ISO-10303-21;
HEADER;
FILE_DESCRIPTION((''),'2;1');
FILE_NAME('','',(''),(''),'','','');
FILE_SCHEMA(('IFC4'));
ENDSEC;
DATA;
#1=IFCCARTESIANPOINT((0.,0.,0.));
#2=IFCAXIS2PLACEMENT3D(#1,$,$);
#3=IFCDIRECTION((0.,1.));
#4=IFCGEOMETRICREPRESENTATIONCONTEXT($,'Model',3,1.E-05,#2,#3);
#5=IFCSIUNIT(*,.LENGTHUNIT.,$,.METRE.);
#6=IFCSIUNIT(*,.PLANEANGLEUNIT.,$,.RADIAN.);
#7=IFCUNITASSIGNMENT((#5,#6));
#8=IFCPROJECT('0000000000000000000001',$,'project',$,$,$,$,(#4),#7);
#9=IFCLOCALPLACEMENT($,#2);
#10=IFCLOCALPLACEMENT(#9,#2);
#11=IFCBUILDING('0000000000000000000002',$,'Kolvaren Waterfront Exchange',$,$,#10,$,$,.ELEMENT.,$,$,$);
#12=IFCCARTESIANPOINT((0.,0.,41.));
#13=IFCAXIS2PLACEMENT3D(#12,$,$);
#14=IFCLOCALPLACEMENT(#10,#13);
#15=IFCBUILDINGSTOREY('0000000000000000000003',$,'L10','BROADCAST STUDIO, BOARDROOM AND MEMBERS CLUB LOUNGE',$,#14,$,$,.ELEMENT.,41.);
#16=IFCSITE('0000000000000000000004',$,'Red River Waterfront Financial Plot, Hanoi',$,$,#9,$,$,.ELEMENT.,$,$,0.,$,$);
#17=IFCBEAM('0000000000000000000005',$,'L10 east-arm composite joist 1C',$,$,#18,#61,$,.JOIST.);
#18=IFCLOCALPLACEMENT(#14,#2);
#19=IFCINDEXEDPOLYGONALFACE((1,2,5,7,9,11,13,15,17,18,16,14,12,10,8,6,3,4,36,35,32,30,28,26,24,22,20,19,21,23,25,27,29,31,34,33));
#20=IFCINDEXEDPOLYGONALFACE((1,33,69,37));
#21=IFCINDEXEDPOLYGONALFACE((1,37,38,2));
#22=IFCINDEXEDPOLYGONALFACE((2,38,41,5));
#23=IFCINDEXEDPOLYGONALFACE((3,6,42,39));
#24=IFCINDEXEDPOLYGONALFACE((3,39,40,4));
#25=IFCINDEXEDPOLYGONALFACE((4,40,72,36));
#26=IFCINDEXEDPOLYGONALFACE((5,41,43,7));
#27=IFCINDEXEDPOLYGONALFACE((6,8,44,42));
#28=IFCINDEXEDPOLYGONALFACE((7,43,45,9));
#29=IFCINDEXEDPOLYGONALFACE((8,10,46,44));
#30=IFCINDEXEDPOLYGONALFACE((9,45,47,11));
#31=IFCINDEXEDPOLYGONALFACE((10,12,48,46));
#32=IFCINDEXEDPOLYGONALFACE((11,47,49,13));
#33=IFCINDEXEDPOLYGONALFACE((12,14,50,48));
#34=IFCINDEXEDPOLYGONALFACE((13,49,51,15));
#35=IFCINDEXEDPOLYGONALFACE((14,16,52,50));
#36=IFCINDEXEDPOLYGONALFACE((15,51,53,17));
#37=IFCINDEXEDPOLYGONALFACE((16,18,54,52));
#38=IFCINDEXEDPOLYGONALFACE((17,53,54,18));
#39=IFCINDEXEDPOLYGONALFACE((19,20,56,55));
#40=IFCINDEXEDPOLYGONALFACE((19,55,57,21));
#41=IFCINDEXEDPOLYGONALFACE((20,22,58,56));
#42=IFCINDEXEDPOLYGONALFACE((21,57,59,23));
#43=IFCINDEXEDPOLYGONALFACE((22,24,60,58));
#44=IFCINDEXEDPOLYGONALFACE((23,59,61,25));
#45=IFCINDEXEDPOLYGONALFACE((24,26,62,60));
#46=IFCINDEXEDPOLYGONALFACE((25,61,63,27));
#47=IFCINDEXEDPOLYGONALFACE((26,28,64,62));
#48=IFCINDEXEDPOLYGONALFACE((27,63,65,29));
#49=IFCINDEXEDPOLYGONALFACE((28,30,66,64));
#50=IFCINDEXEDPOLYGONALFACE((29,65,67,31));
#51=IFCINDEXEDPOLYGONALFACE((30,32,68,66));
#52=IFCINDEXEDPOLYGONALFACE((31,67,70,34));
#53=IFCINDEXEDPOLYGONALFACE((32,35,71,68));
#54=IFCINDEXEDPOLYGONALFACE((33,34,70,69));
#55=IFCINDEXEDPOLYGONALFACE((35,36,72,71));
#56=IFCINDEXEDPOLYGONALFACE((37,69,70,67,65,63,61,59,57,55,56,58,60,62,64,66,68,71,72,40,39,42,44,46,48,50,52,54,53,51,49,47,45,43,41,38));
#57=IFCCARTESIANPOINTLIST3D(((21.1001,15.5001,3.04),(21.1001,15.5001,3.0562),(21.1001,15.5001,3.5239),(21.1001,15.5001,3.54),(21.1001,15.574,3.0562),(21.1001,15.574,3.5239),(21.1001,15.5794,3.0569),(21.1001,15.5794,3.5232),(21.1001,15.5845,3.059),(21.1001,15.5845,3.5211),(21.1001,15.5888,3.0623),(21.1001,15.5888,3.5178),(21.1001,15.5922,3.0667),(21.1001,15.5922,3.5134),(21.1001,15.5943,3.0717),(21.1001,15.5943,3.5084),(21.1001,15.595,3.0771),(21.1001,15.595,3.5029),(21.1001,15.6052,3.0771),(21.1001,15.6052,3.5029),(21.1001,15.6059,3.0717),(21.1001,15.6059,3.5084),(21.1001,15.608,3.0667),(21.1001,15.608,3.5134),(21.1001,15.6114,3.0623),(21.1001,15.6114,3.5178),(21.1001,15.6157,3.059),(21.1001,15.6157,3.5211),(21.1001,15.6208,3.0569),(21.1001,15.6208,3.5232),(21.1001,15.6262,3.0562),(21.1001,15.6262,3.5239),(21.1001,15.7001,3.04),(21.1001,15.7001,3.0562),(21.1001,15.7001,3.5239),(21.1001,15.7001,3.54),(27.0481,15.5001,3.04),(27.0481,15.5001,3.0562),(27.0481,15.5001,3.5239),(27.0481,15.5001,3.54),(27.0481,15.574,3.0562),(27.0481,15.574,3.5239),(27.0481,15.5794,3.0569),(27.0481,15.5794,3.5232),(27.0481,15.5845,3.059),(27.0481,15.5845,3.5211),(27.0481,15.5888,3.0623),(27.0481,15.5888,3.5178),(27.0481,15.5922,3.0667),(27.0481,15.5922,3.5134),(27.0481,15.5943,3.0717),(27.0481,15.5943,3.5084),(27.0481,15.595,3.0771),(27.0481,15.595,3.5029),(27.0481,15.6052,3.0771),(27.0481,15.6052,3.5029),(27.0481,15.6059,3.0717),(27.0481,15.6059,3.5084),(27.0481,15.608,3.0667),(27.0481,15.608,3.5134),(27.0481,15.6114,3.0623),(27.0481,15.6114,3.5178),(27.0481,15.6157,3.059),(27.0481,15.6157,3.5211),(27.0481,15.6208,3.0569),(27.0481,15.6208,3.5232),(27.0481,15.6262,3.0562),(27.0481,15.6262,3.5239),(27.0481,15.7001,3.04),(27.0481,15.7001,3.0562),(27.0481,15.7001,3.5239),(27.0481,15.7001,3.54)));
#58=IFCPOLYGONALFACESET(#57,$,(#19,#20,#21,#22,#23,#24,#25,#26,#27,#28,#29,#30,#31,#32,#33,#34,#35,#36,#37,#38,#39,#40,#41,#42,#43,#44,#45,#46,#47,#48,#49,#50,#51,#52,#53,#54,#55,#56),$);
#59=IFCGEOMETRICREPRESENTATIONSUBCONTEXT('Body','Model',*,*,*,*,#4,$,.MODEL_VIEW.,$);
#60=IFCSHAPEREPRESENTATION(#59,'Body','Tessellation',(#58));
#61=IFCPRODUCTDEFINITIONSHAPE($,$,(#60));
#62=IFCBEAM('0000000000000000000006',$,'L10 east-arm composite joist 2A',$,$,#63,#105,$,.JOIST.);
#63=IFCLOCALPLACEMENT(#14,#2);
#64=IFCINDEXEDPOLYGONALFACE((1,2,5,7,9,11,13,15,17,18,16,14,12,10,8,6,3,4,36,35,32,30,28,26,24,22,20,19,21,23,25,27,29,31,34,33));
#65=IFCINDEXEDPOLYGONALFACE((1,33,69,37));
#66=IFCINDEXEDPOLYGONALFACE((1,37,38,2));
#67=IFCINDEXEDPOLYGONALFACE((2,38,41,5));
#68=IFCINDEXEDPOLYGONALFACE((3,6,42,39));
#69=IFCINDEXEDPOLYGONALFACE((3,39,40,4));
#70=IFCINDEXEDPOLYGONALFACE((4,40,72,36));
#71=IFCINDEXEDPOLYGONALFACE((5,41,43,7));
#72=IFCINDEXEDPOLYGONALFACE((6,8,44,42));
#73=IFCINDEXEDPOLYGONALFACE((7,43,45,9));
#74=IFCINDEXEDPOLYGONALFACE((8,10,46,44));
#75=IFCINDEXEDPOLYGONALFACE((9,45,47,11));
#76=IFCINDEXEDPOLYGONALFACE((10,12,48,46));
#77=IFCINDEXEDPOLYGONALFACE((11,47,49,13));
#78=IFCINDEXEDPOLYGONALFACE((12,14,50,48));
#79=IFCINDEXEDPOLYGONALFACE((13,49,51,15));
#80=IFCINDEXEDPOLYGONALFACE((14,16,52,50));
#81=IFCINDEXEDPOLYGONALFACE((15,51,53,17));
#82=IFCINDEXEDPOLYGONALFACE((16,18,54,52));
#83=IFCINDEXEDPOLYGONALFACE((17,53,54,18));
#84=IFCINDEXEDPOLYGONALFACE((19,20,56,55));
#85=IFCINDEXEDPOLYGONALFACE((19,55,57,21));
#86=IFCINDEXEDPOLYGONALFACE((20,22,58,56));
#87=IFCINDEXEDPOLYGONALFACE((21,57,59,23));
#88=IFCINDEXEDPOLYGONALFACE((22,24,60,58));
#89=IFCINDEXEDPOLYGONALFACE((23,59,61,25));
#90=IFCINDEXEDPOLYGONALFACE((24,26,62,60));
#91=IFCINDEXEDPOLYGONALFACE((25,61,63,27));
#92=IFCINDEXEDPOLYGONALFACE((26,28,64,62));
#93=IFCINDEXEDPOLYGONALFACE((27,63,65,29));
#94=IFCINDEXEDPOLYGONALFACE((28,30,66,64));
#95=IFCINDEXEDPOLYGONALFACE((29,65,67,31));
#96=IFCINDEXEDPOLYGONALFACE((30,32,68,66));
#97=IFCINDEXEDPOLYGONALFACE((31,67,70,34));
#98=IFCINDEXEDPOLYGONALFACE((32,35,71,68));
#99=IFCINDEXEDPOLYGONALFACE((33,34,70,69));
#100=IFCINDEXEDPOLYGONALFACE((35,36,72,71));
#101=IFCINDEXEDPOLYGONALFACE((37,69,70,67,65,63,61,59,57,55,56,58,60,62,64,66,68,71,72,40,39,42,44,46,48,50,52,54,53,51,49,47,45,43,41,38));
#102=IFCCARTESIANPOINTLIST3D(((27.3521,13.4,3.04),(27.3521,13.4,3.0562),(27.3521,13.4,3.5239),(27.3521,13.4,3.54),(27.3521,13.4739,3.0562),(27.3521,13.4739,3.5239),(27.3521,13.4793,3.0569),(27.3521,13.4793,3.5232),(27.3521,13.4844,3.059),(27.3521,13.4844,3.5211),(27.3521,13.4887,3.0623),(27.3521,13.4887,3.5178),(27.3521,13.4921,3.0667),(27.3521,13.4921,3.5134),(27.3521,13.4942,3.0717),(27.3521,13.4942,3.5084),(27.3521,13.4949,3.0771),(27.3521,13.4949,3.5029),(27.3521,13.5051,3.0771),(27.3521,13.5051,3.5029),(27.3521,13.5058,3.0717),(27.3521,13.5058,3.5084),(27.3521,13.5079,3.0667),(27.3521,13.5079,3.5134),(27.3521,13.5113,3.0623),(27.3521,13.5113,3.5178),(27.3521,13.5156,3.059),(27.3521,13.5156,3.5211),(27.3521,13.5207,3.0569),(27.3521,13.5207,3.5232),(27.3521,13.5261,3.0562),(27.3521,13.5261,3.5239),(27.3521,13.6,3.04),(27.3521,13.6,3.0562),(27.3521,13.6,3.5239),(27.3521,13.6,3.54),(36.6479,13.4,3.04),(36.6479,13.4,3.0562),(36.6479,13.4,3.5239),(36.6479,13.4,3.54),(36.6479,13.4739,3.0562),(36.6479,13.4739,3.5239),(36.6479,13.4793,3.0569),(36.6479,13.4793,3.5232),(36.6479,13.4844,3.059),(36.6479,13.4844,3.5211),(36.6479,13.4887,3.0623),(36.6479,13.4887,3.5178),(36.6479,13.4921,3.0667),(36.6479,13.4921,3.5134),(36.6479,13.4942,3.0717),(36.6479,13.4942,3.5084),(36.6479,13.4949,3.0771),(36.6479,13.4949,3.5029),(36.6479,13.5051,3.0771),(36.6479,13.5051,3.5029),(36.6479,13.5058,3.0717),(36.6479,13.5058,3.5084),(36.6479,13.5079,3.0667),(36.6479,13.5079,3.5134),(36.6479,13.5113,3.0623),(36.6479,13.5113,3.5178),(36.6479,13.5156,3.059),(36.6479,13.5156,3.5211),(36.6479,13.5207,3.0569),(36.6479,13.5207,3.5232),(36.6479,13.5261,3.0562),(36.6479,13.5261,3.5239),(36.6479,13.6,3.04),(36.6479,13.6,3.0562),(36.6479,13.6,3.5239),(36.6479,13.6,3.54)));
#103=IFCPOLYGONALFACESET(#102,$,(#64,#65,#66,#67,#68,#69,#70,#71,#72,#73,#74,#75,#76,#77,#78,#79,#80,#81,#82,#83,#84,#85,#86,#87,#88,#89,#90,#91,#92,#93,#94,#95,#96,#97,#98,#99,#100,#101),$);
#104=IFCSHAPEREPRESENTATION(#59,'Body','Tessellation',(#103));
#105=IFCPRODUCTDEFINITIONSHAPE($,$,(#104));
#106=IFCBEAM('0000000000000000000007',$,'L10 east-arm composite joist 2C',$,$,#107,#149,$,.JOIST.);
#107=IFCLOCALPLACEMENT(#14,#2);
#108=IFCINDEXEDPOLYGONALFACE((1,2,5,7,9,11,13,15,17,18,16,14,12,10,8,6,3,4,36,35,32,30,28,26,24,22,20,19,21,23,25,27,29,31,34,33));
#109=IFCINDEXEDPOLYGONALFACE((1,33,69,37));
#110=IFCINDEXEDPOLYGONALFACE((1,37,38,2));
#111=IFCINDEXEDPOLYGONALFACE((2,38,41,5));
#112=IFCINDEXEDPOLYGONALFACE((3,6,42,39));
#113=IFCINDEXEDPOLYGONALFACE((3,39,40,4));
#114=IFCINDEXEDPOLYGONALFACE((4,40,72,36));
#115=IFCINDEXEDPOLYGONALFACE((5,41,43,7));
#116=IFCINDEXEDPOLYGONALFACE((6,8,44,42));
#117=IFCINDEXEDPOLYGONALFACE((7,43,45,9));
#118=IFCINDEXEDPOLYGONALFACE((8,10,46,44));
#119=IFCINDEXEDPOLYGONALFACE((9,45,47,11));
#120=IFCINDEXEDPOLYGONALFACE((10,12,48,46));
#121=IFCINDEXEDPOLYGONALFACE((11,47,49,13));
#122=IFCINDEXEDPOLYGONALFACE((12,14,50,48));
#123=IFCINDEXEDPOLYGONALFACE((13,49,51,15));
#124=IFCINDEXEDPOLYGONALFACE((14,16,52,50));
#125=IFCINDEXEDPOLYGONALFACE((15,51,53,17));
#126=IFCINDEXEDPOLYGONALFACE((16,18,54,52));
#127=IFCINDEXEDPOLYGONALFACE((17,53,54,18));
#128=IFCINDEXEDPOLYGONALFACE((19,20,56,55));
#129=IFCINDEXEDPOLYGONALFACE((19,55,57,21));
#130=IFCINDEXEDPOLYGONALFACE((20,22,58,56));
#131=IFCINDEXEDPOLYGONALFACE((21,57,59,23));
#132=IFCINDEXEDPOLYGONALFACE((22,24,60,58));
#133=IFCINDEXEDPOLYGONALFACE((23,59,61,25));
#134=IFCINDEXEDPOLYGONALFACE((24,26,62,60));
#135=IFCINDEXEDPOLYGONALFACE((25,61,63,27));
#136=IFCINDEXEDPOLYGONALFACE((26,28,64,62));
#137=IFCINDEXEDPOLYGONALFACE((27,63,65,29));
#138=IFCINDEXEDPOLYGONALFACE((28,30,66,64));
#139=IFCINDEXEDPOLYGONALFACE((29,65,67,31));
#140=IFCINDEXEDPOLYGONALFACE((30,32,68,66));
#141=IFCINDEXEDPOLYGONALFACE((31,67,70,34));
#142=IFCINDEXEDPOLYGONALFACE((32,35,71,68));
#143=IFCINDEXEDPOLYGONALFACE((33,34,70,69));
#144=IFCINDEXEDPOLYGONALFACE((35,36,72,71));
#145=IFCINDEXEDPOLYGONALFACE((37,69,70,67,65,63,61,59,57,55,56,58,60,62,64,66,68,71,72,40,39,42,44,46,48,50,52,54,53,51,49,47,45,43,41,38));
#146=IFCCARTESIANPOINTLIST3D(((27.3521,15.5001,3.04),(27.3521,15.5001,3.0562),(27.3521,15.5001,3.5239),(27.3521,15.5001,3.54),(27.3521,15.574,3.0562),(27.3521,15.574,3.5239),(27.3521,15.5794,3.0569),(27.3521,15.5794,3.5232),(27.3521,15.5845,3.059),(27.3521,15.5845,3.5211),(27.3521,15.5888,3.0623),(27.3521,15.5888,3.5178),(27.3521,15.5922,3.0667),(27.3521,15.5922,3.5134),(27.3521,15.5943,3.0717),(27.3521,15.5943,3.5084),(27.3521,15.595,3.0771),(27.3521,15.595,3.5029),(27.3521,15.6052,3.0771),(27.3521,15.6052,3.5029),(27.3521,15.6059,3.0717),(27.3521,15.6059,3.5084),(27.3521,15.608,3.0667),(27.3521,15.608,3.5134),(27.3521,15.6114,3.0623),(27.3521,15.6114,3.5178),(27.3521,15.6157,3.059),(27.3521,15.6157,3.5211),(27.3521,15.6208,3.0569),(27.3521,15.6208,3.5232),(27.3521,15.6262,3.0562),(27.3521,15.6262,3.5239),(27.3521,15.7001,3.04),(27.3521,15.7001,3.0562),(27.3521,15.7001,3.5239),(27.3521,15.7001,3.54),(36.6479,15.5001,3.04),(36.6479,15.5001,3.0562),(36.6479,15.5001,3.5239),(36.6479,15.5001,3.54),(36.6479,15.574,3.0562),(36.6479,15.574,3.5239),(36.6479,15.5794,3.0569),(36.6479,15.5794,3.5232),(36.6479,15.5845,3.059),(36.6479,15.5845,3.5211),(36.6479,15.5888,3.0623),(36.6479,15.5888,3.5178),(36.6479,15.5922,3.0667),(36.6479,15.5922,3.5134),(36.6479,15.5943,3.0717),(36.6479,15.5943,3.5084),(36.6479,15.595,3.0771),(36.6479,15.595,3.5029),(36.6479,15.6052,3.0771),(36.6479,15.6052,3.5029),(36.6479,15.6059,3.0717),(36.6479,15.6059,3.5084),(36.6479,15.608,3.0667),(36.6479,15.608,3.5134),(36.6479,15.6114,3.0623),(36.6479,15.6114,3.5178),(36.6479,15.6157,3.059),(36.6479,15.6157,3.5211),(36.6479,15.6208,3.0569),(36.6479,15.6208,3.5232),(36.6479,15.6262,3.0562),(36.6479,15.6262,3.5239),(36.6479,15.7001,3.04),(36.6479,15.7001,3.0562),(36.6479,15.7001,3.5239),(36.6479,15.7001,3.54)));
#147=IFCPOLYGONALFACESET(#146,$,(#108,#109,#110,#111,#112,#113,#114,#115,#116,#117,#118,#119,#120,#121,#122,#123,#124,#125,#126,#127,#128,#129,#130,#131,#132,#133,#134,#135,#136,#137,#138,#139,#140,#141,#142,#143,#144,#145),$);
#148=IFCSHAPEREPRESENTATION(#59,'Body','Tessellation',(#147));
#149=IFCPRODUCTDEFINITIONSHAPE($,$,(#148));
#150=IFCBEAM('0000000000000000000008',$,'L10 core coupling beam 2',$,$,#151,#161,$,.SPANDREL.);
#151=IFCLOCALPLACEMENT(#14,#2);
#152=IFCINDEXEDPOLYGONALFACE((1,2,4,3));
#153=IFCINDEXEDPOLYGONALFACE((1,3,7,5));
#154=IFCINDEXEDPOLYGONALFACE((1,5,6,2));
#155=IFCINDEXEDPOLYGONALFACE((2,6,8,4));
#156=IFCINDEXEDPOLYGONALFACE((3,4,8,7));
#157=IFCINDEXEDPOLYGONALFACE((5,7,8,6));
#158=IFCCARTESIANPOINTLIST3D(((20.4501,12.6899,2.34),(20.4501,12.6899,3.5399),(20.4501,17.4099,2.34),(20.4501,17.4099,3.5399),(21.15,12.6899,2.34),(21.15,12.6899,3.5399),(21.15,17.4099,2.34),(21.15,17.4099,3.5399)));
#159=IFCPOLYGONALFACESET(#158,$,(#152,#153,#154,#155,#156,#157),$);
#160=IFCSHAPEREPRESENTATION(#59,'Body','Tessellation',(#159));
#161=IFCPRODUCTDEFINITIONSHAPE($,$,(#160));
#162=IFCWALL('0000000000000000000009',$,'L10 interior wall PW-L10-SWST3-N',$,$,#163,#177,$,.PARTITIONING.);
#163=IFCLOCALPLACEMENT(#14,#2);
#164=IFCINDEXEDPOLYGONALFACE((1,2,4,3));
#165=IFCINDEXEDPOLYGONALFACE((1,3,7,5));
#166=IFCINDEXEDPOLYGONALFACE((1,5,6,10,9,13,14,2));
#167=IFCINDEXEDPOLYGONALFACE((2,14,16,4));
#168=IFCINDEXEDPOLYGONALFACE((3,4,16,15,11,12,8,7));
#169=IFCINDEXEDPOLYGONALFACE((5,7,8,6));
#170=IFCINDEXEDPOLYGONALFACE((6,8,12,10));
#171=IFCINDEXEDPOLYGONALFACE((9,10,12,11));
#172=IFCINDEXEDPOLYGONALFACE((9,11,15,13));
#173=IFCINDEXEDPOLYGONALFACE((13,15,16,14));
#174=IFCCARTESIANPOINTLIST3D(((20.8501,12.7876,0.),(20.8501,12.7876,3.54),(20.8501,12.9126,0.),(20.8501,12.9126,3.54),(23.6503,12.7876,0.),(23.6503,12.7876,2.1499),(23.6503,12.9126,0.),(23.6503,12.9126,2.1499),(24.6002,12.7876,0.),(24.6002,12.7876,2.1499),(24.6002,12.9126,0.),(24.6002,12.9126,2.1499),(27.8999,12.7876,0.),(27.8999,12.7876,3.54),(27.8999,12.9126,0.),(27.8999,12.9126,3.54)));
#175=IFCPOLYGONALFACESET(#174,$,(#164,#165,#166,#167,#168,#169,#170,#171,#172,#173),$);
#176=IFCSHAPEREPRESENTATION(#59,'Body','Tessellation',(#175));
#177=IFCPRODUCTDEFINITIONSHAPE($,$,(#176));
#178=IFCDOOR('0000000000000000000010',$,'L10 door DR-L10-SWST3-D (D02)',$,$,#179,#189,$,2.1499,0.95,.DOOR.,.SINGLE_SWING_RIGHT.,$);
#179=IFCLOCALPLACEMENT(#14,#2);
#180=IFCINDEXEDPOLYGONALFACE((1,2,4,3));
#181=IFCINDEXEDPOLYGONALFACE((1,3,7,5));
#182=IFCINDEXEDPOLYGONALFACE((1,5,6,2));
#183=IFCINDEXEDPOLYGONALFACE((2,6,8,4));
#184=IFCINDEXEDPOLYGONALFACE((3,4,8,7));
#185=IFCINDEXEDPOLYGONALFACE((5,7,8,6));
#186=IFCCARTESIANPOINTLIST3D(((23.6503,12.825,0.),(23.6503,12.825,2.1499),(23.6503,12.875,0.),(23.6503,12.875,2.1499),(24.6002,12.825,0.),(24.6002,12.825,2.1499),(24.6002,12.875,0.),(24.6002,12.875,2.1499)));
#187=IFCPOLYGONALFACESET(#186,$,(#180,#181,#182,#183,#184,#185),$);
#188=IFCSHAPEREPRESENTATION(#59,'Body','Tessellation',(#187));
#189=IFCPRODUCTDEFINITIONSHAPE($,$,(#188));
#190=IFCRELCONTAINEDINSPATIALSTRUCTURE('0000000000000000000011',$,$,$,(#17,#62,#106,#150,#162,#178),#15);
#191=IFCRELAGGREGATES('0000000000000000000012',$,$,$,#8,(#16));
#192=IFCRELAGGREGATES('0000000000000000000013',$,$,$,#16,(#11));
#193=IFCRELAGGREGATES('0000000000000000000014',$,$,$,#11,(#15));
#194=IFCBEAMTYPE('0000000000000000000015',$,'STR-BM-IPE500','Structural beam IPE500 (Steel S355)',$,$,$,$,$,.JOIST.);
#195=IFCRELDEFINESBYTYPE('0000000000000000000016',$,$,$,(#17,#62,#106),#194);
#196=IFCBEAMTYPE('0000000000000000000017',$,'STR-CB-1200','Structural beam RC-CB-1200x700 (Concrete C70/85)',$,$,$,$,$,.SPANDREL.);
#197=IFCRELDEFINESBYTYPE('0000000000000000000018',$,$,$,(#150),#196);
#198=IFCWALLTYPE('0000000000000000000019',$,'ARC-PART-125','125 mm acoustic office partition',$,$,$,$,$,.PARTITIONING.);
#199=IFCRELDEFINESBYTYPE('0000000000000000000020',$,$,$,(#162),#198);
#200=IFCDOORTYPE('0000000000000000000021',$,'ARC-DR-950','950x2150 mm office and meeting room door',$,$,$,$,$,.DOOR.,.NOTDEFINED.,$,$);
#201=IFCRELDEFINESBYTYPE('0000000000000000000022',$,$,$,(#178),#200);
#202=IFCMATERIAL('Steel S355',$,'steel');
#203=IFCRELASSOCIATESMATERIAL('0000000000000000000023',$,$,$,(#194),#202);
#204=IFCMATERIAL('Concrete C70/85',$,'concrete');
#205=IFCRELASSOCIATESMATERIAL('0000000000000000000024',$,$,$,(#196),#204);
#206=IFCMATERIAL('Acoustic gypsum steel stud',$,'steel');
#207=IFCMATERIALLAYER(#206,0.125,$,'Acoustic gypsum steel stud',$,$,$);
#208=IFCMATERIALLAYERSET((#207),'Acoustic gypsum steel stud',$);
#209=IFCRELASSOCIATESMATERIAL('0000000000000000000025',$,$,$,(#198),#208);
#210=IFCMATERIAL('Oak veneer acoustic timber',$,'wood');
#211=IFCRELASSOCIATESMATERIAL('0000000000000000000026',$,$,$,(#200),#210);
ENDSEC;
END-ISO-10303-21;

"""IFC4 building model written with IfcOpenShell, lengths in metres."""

from ifc_helpers import new_model, si_unit, direction, frame, frame_2d, origin, origin_2d, place, context, subcontext, project, spatial, rectangle, i_section, extrude, material, layer, layer_set, material_profile, profile_set, type_object, element, fill, save


model = new_model("IFC4")

# Units and contexts
model_context = context("Model", 3, precision=1e-05, world=origin(), true_north=direction((0.0, 1.0)))
body_context = subcontext(model_context, "Body", "Model", "MODEL_VIEW")
ifc_project = project(units=[si_unit("LENGTHUNIT", "METRE"), si_unit("PLANEANGLEUNIT", "RADIAN")], contexts=[model_context])

# Site, building, storey
site_placement = place(None, origin())
site = spatial("IfcSite", under=ifc_project, at=site_placement, Name="Red River Waterfront Financial Plot, Hanoi", CompositionType="ELEMENT", RefElevation=0.0)
building_placement = place(site_placement, origin())
building = spatial("IfcBuilding", under=site, at=building_placement, Name="Kolvaren Waterfront Exchange", CompositionType="ELEMENT")
storey_placement = place(building_placement, frame((0.0, 0.0, 41.0)))
storey = spatial("IfcBuildingStorey", under=building, at=storey_placement, Name="L10", Description="BROADCAST STUDIO, BOARDROOM AND MEMBERS CLUB LOUNGE", CompositionType="ELEMENT", Elevation=41.0)

# Shared definitions
ifc_material_1 = material(Name="Concrete C70/85", Category="concrete")

# Beams
ifc_material_2 = material(Name="Steel S355", Category="steel")
ifc_material_profile_1 = material_profile(ifc_material_2, i_section(OverallWidth=0.2, OverallDepth=0.5, WebThickness=0.0103, FlangeThickness=0.0161, FilletRadius=0.021, at=origin_2d()), Name="IPE500")
ifc_profile_set_1 = profile_set([ifc_material_profile_1], Name="Steel S355")
beam_type_1 = type_object("IfcBeamType", Name="STR-BM-IPE500", Description="Structural beam IPE500 (Steel S355)", PredefinedType="JOIST", material=ifc_profile_set_1)
for number, where, z_axis, x_axis, name in (
    (1, (21.1001, 15.6001, 3.29), (1.0, 0.0, 0.0), (0.0, 1.0, 0.0), "L10 east-arm composite joist 1C"),
):
    element("IfcBeam", number, at=place(storey_placement, frame(where, z_axis=z_axis, x_axis=x_axis)), inside=storey, type_object=beam_type_1, Name=name, PredefinedType="JOIST", context=body_context, shape_type="SweptSolid", body=[
        extrude(i_section(OverallWidth=0.2, OverallDepth=0.5, WebThickness=0.0103, FlangeThickness=0.0161, FilletRadius=0.021, at=origin_2d()), origin(), (0.0, 0.0, 1.0), 5.948),
    ])
for number, where, z_axis, x_axis, name in (
    (2, (27.3521, 13.5, 3.29), (1.0, 0.0, 0.0), (0.0, 1.0, 0.0), "L10 east-arm composite joist 2A"),
    (3, (27.3521, 15.6001, 3.29), (1.0, 0.0, 0.0), (0.0, 1.0, 0.0), "L10 east-arm composite joist 2C"),
):
    element("IfcBeam", number, at=place(storey_placement, frame(where, z_axis=z_axis, x_axis=x_axis)), inside=storey, type_object=beam_type_1, Name=name, PredefinedType="JOIST", context=body_context, shape_type="SweptSolid", body=[
        extrude(i_section(OverallWidth=0.2, OverallDepth=0.5, WebThickness=0.0103, FlangeThickness=0.0161, FilletRadius=0.021, at=origin_2d()), origin(), (0.0, 0.0, 1.0), 9.2959),
    ])
ifc_material_profile_2 = material_profile(ifc_material_1, rectangle(XDim=0.7, YDim=1.2, at=origin_2d()), Name="RC-CB-1200x700")
ifc_profile_set_2 = profile_set([ifc_material_profile_2], Name="Concrete C70/85")
beam_type_2 = type_object("IfcBeamType", Name="STR-CB-1200", Description="Structural beam RC-CB-1200x700 (Concrete C70/85)", PredefinedType="SPANDREL", material=ifc_profile_set_2)
beam_1_placement = place(storey_placement, frame((20.8, 12.6899, 2.9399), z_axis=(0.0, 1.0, 0.0), x_axis=(-1.0, 0.0, 0.0)))
element("IfcBeam", 4, at=beam_1_placement, inside=storey, type_object=beam_type_2, Name="L10 core coupling beam 2", PredefinedType="SPANDREL", context=body_context, shape_type="SweptSolid", body=[
    extrude(rectangle(XDim=0.7, YDim=1.2, at=origin_2d()), origin(), (0.0, 0.0, 1.0), 4.72),
])

# Wall, opening, door
ifc_material_3 = material(Name="Acoustic gypsum steel stud", Category="steel")
ifc_layer_1 = layer(ifc_material_3, 0.125, Name="Acoustic gypsum steel stud")
ifc_layer_set_1 = layer_set([ifc_layer_1], Name="Acoustic gypsum steel stud")
wall_type_1 = type_object("IfcWallType", Name="ARC-PART-125", Description="125 mm acoustic office partition", PredefinedType="PARTITIONING", material=ifc_layer_set_1)
wall_1_placement = place(storey_placement, frame((20.8501, 12.8501, 0.0), z_axis=(0.0, 0.0, 1.0), x_axis=(1.0, 0.0, 0.0)))
wall_1 = element("IfcWall", 5, at=wall_1_placement, inside=storey, type_object=wall_type_1, Name="L10 interior wall PW-L10-SWST3-N", PredefinedType="PARTITIONING", context=body_context, shape_type="SweptSolid", body=[
    extrude(rectangle(XDim=7.0498, YDim=0.125, at=frame_2d((3.5249, 0.0))), origin(), (0.0, 0.0, 1.0), 3.54),
])
opening_1_placement = place(wall_1_placement, frame((2.8, 0.0, 0.0)))
opening_1 = element("IfcOpeningElement", 6, at=opening_1_placement, cuts=wall_1, PredefinedType="OPENING", context=body_context, shape_type="SweptSolid", body=[
    extrude(rectangle(XDim=0.95, YDim=2.1499, at=frame_2d((0.4751, 1.075))), frame((0.0, 0.0725, 0.0), z_axis=(0.0, -1.0, 0.0), x_axis=(1.0, 0.0, 0.0)), (0.0, 0.0, 1.0), 0.145),
])
ifc_material_4 = material(Name="Oak veneer acoustic timber", Category="wood")
door_type_1 = type_object("IfcDoorType", Name="ARC-DR-950", Description="950x2150 mm office and meeting room door", OperationType="NOTDEFINED", PredefinedType="DOOR", material=ifc_material_4)
door_1_placement = place(opening_1_placement, origin())
door_1 = element("IfcDoor", 7, at=door_1_placement, inside=storey, type_object=door_type_1, Name="L10 door DR-L10-SWST3-D (D02)", OperationType="SINGLE_SWING_RIGHT", OverallHeight=2.1499, OverallWidth=0.95, PredefinedType="DOOR", context=body_context, shape_type="SweptSolid", body=[
    extrude(rectangle(XDim=0.95, YDim=2.1499, at=frame_2d((0.4751, 1.075))), frame((0.0, 0.0249, 0.0), z_axis=(0.0, -1.0, 0.0), x_axis=(1.0, 0.0, 0.0)), (0.0, 0.0, 1.0), 0.05),
])
fill(opening_1, door_1)

save(model, "model.ifc")
